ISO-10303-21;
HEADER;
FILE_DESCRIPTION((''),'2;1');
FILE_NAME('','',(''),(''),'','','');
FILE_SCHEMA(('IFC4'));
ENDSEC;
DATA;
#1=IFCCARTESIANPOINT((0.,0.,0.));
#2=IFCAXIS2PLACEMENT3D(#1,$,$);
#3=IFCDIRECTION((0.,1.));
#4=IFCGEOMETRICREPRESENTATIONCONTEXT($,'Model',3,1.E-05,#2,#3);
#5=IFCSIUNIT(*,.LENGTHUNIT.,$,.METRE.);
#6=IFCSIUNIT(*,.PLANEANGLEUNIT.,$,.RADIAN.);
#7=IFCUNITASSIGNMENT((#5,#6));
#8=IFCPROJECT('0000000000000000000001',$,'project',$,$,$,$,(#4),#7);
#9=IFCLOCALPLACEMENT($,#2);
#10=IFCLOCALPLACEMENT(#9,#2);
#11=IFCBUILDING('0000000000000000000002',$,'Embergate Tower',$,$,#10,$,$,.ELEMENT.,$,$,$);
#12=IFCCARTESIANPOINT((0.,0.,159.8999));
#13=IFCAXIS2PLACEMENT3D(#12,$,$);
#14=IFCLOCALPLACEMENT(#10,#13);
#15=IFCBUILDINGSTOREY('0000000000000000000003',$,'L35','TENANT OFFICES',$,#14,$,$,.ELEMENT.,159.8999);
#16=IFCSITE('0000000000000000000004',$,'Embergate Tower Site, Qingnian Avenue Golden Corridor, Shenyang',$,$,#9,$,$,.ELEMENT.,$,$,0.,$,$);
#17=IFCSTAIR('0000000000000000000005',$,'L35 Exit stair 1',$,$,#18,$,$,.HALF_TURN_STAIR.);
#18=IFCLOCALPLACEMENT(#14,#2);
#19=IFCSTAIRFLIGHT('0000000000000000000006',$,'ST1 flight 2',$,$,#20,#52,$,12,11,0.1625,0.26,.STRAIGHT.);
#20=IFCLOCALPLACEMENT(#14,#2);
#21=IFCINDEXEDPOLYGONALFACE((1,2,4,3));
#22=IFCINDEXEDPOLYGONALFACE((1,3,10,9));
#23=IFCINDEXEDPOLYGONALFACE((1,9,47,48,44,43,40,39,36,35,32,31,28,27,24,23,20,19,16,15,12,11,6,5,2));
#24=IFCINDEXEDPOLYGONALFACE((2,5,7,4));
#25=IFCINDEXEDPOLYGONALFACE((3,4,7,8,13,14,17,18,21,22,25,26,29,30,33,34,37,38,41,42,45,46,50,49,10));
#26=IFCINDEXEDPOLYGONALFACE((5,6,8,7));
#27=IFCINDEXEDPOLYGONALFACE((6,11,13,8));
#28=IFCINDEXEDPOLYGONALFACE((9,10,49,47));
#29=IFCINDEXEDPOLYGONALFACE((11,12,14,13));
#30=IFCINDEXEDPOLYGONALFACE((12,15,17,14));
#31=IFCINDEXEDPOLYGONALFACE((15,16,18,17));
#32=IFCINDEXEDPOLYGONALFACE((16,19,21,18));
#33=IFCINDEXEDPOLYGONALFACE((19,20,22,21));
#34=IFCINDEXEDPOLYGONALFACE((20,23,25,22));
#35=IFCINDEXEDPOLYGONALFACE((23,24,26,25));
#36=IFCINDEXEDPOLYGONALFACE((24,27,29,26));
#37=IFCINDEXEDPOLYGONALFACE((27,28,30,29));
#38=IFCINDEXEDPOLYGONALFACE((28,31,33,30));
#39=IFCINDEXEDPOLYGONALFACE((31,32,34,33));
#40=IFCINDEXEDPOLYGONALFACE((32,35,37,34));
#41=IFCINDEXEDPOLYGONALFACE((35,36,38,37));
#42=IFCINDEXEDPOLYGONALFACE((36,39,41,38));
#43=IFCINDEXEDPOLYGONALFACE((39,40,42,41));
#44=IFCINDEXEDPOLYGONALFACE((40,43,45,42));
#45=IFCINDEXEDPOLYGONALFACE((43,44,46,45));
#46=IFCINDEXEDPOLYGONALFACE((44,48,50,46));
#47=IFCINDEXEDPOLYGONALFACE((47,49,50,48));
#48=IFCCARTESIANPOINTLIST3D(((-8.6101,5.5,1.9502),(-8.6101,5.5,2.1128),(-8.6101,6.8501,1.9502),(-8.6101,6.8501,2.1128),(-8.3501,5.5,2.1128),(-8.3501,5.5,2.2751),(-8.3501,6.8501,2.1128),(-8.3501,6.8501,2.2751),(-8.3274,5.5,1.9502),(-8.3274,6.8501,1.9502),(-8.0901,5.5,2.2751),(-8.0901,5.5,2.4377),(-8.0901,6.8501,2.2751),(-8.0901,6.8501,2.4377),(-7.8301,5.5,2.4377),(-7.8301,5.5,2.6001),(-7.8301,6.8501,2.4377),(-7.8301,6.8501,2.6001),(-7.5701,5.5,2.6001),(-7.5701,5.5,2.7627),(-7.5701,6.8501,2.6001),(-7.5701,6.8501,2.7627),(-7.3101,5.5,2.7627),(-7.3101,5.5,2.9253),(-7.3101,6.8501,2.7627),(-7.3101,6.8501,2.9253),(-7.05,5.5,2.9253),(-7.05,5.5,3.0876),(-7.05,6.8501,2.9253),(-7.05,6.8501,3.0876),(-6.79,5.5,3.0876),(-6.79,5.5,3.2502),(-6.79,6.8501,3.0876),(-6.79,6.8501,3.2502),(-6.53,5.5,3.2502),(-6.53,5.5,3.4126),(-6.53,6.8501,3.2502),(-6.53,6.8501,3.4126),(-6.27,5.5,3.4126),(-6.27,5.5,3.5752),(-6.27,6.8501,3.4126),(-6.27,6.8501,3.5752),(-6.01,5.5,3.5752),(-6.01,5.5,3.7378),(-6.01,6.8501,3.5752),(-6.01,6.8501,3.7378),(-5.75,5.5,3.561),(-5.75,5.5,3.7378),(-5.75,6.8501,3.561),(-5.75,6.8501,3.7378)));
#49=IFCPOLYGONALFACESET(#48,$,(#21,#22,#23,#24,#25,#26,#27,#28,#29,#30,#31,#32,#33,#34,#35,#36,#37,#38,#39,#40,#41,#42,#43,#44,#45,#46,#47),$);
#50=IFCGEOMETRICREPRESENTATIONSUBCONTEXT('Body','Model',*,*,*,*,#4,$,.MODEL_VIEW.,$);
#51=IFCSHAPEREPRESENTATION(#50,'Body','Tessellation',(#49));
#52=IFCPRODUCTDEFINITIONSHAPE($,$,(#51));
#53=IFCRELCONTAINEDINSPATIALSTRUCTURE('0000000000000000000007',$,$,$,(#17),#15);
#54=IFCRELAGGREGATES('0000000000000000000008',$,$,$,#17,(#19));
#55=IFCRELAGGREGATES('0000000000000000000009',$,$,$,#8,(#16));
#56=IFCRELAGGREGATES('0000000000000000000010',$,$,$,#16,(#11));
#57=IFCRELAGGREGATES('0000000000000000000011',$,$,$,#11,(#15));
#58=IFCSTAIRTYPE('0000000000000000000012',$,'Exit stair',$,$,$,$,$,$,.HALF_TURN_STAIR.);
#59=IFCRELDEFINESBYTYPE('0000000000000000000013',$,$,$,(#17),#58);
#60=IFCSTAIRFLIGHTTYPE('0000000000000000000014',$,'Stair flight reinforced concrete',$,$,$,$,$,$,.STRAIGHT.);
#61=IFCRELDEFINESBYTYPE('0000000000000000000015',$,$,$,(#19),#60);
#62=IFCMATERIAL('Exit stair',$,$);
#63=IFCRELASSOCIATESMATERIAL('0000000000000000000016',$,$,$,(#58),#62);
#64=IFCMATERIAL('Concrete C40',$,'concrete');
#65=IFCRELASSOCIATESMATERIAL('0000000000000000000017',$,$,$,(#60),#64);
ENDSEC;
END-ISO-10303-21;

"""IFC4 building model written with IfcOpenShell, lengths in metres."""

from ifc_helpers import new_model, si_unit, direction, frame, origin, place, context, subcontext, project, spatial, polyline, outline, extrude, source, transform, mapped, material, type_object, element, aggregate, save


model = new_model("IFC4")

# Units and contexts
model_context = context("Model", 3, precision=1e-05, world=origin(), true_north=direction((0.0, 1.0)))
body_context = subcontext(model_context, "Body", "Model", "MODEL_VIEW")
ifc_project = project(units=[si_unit("LENGTHUNIT", "METRE"), si_unit("PLANEANGLEUNIT", "RADIAN")], contexts=[model_context])

# Site, building, storey
site_placement = place(None, origin())
site = spatial("IfcSite", under=ifc_project, at=site_placement, Name="Embergate Tower Site, Qingnian Avenue Golden Corridor, Shenyang", CompositionType="ELEMENT", RefElevation=0.0)
building_placement = place(site_placement, origin())
building = spatial("IfcBuilding", under=site, at=building_placement, Name="Embergate Tower", CompositionType="ELEMENT")
storey_placement = place(building_placement, frame((0.0, 0.0, 159.8999)))
storey = spatial("IfcBuildingStorey", under=building, at=storey_placement, Name="L35", Description="TENANT OFFICES", CompositionType="ELEMENT", Elevation=159.8999)

# Stair
ifc_material_1 = material(Name="Exit stair")
stair_type = type_object("IfcStairType", Name="Exit stair", PredefinedType="HALF_TURN_STAIR", material=ifc_material_1)
stair_placement = place(storey_placement, origin())
stair = element("IfcStair", 1, at=stair_placement, inside=storey, type_object=stair_type, Name="L35 Exit stair 1", PredefinedType="HALF_TURN_STAIR")
ifc_material_2 = material(Name="Concrete C40", Category="concrete")

# Stair flight
stair_flight_type = type_object("IfcStairFlightType", Name="Stair flight reinforced concrete", PredefinedType="STRAIGHT", material=ifc_material_2)
shared_shape_1 = source(origin(), body_context, "Body", "SweptSolid", [
    extrude(outline(polyline([(0.0, 0.0), (0.0, 0.1626), (0.26, 0.1626), (0.26, 0.325), (0.52, 0.325), (0.52, 0.4875), (0.78, 0.4875), (0.78, 0.6499), (1.04, 0.6499), (1.04, 0.8125), (1.3, 0.8125), (1.3, 0.9751), (1.5601, 0.9751), (1.5601, 1.1375), (1.8201, 1.1375), (1.8201, 1.3), (2.0801, 1.3), (2.0801, 1.4624), (2.3401, 1.4624), (2.3401, 1.625), (2.6001, 1.625), (2.6001, 1.7876), (2.8601, 1.7876), (2.8601, 1.95), (2.8601, 1.6108), (0.2827, 0.0), (0.0, 0.0)])), frame((0.0, 0.675, 0.0), z_axis=(0.0, -1.0, 0.0), x_axis=(1.0, 0.0, 0.0)), (0.0, 0.0, 1.0), 1.3501),
])
stair_flight_1_placement = place(storey_placement, frame((-8.6101, 6.175, 1.9502), z_axis=(0.0, 0.0, 1.0), x_axis=(1.0, 0.0, 0.0)))
stair_flight_1 = element("IfcStairFlight", 2, at=stair_flight_1_placement, type_object=stair_flight_type, Name="ST1 flight 2", NumberOfRisers=12, NumberOfTreads=11, PredefinedType="STRAIGHT", RiserHeight=0.1625, TreadLength=0.26, context=body_context, shape_type="MappedRepresentation", body=[
    mapped(shared_shape_1, transform((0.0, 0.0, 0.0))),
])
aggregate(stair, [stair_flight_1])

save(model, "model.ifc")
